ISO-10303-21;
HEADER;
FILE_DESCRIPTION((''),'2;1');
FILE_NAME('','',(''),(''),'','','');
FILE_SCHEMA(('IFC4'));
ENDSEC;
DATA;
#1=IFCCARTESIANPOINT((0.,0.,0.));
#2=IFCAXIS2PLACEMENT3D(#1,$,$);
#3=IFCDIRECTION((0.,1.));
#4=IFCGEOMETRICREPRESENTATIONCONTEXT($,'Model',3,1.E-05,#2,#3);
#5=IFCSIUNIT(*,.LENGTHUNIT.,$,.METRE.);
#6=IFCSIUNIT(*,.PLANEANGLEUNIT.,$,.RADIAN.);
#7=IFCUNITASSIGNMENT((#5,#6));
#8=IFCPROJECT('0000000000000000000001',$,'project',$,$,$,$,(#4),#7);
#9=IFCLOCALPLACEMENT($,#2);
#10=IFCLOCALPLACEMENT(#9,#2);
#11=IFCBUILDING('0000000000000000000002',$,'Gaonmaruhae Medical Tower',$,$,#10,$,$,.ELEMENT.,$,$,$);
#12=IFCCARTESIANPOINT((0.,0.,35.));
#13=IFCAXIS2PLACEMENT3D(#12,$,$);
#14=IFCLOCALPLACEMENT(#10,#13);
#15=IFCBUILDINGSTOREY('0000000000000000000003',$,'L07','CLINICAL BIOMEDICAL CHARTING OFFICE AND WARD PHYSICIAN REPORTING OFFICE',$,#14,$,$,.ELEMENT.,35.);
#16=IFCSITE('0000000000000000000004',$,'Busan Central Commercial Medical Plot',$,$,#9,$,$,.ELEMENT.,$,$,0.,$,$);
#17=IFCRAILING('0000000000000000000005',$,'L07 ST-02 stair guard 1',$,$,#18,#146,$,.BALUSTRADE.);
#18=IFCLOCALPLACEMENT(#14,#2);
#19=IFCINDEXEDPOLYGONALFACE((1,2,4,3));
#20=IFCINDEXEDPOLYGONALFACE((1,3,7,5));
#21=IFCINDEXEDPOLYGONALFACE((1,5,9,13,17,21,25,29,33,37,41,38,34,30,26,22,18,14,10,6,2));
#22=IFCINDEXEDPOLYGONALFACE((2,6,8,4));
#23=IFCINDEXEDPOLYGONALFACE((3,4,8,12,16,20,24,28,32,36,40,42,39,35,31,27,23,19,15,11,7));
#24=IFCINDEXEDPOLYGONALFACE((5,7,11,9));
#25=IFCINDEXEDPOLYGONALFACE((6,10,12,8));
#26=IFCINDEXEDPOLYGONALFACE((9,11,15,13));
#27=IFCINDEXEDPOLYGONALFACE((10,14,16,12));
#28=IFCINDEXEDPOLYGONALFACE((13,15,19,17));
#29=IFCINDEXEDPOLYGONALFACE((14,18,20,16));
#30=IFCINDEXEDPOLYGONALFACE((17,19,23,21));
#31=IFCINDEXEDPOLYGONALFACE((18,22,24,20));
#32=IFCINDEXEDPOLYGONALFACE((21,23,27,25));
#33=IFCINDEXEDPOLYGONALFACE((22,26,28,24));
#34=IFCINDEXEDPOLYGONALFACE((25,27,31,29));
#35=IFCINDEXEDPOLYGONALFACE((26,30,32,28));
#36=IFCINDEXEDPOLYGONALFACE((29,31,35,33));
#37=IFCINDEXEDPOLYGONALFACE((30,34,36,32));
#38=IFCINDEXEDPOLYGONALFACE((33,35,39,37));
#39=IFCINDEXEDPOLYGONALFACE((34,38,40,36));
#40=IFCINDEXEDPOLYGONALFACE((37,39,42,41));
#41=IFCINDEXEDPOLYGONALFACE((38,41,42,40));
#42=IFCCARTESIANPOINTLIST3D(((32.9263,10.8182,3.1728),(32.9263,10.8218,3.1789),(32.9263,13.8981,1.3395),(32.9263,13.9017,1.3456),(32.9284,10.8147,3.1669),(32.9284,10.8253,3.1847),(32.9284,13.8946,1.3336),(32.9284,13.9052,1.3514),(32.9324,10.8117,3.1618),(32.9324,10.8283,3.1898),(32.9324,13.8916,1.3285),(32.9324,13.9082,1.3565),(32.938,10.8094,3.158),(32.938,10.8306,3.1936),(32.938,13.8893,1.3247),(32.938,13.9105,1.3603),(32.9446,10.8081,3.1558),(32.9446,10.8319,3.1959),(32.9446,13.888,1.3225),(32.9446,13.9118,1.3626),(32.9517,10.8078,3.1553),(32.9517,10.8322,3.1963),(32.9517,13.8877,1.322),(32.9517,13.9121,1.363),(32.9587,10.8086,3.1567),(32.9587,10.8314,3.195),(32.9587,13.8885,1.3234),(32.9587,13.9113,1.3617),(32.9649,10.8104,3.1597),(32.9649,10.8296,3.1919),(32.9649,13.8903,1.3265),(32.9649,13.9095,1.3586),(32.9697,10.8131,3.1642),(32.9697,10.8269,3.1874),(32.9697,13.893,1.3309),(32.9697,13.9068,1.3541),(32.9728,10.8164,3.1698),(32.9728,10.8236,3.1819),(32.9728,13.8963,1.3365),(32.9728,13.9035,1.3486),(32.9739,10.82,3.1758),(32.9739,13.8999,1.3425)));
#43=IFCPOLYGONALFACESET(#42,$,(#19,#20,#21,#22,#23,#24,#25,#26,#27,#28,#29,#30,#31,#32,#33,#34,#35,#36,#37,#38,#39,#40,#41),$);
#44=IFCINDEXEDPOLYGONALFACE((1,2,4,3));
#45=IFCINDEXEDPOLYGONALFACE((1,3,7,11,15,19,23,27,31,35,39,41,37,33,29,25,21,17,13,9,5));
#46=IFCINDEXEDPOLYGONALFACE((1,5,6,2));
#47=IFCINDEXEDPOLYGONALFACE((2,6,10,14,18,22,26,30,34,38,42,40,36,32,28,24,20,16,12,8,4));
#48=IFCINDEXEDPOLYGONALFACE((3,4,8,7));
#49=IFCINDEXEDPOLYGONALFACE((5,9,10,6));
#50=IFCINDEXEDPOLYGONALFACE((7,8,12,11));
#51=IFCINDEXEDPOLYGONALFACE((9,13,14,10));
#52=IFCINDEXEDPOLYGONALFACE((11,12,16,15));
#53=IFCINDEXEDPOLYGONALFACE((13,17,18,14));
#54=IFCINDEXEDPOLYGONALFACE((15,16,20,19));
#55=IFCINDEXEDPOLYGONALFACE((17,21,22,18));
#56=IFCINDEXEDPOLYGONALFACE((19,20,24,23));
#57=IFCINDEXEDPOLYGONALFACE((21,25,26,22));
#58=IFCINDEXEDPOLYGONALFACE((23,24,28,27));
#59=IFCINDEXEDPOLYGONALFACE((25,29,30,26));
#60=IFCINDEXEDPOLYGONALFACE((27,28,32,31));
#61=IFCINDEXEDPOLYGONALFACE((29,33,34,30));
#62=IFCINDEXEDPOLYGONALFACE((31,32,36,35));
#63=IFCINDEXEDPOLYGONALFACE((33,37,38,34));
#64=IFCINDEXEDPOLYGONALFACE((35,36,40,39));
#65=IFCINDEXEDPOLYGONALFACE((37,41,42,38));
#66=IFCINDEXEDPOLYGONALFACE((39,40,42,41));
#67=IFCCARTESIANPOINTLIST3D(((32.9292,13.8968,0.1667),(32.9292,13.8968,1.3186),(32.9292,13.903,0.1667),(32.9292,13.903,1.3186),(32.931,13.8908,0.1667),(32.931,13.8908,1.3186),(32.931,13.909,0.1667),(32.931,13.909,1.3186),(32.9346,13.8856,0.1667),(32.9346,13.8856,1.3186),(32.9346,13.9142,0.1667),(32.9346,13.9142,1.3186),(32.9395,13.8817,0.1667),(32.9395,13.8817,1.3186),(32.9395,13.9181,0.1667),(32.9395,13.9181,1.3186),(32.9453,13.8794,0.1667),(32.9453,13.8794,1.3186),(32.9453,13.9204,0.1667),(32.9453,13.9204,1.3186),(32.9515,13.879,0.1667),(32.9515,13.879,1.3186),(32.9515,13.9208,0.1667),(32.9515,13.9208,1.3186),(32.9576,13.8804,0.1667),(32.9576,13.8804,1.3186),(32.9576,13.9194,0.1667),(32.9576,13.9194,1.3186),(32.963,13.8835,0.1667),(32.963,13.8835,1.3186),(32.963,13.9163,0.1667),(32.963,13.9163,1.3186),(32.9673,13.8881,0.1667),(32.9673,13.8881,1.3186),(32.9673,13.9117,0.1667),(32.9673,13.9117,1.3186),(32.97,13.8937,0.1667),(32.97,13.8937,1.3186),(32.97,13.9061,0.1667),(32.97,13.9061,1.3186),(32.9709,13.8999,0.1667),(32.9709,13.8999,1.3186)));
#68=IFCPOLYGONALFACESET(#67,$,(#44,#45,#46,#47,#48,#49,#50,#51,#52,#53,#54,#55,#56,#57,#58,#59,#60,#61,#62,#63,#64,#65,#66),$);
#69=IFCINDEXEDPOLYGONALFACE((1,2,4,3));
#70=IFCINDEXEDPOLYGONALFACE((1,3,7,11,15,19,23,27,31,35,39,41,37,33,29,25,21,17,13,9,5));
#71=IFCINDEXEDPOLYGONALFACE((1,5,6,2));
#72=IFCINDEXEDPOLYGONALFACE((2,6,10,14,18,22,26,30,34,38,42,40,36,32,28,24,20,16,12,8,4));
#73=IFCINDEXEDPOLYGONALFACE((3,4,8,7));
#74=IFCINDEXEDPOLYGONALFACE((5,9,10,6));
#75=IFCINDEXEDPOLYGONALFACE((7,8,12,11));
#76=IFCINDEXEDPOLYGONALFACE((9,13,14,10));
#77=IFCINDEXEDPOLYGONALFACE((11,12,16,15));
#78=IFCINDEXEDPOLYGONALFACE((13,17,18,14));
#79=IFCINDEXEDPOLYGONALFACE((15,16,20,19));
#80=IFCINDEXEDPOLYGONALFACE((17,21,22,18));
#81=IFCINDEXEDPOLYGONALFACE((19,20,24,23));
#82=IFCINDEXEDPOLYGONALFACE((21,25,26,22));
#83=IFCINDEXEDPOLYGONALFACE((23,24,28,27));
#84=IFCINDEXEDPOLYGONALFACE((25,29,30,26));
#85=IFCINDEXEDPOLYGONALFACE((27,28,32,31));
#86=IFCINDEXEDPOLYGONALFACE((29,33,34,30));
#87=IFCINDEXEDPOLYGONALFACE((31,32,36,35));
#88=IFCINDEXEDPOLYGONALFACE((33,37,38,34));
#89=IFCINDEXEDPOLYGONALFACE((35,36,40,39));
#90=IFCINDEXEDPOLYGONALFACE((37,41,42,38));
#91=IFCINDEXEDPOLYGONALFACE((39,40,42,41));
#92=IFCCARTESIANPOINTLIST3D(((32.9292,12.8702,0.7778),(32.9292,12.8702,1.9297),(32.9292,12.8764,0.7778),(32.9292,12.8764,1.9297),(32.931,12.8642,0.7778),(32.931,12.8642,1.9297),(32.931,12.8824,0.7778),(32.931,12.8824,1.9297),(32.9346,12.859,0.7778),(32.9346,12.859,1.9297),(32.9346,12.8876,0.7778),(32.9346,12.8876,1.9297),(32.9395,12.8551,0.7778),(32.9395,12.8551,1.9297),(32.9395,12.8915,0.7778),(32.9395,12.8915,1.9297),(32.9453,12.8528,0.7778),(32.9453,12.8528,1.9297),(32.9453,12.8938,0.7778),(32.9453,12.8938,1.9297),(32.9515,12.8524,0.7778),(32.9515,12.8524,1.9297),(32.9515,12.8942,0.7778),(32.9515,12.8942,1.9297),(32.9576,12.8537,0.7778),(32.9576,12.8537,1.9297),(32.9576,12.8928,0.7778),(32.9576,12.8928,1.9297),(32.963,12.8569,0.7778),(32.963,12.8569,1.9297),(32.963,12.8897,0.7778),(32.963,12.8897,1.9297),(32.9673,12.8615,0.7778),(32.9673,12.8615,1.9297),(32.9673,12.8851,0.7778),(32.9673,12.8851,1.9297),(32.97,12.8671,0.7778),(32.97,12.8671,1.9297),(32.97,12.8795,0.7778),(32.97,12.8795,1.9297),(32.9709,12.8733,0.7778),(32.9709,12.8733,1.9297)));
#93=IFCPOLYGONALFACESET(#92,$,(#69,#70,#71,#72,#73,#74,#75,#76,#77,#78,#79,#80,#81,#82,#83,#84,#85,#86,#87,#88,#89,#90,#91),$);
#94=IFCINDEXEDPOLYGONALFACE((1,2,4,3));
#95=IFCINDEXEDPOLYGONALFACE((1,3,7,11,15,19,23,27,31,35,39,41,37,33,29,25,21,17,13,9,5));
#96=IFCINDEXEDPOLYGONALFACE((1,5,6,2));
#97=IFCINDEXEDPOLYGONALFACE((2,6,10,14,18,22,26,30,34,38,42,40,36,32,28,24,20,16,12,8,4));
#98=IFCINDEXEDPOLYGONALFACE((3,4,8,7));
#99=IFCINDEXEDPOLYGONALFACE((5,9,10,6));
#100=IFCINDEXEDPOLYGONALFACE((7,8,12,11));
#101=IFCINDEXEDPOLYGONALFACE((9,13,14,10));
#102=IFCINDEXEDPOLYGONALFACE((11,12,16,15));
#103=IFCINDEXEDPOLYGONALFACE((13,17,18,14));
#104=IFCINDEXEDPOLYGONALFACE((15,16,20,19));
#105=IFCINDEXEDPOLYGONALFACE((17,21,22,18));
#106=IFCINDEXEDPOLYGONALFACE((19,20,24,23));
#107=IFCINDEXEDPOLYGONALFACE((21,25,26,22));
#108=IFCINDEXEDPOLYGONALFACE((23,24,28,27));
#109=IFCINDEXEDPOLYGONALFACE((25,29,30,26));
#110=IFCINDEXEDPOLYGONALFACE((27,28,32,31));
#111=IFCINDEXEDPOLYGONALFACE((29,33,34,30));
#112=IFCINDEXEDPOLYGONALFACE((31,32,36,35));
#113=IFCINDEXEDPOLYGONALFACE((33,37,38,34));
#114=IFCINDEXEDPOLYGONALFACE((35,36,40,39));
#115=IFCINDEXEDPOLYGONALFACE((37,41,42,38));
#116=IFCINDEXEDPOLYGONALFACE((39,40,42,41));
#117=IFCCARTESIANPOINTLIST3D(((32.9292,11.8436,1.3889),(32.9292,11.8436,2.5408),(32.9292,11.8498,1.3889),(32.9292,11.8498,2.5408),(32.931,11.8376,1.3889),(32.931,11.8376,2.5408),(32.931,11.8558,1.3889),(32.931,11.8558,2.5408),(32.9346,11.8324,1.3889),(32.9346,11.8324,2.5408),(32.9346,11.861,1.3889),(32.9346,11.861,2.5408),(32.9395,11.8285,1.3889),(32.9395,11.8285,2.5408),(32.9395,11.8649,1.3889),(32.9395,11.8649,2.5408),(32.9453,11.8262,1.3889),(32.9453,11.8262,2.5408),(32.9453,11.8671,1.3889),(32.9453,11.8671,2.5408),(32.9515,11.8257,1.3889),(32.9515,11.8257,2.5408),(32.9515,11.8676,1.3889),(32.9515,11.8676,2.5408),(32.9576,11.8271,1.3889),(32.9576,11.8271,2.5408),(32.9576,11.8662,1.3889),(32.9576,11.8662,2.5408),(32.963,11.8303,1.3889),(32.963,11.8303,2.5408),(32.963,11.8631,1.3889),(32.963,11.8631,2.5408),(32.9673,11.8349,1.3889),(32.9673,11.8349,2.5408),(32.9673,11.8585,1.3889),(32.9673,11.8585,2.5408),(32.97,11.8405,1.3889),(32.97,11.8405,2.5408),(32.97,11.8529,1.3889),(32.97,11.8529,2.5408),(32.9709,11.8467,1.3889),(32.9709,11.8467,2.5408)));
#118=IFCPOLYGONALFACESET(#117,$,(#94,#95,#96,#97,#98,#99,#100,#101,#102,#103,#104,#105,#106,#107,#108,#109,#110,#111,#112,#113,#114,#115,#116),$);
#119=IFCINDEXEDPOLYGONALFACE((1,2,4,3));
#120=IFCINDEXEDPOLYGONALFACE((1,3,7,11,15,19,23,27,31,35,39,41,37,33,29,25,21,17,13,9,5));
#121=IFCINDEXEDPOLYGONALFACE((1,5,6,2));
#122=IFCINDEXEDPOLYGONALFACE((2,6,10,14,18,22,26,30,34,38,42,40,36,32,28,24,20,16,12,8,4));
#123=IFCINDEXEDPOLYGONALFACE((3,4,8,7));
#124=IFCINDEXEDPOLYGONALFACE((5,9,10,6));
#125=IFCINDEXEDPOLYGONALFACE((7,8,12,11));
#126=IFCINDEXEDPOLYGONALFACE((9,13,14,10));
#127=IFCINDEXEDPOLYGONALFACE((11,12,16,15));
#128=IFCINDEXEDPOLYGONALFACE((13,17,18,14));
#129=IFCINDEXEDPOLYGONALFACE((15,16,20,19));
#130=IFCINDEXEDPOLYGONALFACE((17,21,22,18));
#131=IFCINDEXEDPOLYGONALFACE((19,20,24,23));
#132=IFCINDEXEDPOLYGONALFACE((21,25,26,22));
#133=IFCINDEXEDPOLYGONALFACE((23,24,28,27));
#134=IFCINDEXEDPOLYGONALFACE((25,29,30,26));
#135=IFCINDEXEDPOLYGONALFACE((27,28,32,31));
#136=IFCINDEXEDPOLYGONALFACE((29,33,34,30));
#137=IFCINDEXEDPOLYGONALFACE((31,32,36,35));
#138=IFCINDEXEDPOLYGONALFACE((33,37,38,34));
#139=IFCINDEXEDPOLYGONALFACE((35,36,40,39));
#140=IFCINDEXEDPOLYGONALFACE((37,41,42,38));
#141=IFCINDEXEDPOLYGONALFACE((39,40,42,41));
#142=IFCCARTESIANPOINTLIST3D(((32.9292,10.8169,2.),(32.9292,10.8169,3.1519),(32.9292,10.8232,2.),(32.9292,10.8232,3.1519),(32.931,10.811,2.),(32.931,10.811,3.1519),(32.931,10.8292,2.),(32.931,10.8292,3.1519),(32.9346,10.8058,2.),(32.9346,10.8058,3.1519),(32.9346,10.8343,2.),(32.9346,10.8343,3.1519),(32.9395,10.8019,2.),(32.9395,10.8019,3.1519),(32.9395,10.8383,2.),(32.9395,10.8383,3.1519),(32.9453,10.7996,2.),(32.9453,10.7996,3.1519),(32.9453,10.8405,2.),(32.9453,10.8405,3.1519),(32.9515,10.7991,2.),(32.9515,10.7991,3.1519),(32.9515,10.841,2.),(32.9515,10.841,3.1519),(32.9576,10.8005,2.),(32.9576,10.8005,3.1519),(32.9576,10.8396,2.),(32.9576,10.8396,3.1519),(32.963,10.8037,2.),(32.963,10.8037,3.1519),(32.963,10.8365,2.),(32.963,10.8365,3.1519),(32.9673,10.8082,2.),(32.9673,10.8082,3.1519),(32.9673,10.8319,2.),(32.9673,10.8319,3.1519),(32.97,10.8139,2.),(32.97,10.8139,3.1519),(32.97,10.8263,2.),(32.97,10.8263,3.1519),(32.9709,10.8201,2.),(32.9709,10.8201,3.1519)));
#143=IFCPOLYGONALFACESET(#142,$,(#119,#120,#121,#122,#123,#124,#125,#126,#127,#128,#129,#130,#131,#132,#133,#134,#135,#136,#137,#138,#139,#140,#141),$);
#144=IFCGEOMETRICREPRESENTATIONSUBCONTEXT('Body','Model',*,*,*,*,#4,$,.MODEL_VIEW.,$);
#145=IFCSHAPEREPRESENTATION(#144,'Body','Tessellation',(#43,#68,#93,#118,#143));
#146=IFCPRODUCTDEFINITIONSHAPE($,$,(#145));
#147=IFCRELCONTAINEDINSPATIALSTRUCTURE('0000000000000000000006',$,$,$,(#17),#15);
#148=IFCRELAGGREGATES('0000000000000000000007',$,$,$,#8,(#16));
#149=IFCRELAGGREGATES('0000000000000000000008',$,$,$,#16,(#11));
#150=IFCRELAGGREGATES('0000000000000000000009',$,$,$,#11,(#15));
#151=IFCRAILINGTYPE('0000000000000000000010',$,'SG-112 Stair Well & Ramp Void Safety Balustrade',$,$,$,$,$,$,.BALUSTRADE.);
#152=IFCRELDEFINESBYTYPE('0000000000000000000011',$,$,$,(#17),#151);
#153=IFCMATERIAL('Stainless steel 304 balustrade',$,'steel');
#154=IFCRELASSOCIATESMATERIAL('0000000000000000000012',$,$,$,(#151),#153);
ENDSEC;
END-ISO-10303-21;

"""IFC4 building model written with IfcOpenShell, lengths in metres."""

from ifc_helpers import new_model, si_unit, direction, frame, origin, origin_2d, place, context, subcontext, project, spatial, circle, extrude, material, type_object, element, save


model = new_model("IFC4")

# Units and contexts
model_context = context("Model", 3, precision=1e-05, world=origin(), true_north=direction((0.0, 1.0)))
body_context = subcontext(model_context, "Body", "Model", "MODEL_VIEW")
ifc_project = project(units=[si_unit("LENGTHUNIT", "METRE"), si_unit("PLANEANGLEUNIT", "RADIAN")], contexts=[model_context])

# Site, building, storey
site_placement = place(None, origin())
site = spatial("IfcSite", under=ifc_project, at=site_placement, Name="Busan Central Commercial Medical Plot", CompositionType="ELEMENT", RefElevation=0.0)
building_placement = place(site_placement, origin())
building = spatial("IfcBuilding", under=site, at=building_placement, Name="Gaonmaruhae Medical Tower", CompositionType="ELEMENT")
storey_placement = place(building_placement, frame((0.0, 0.0, 35.0)))
storey = spatial("IfcBuildingStorey", under=building, at=storey_placement, Name="L07", Description="CLINICAL BIOMEDICAL CHARTING OFFICE AND WARD PHYSICIAN REPORTING OFFICE", CompositionType="ELEMENT", Elevation=35.0)

# Railing
ifc_material_1 = material(Name="Stainless steel 304 balustrade", Category="steel")
railing_type_1 = type_object("IfcRailingType", Name="SG-112 Stair Well & Ramp Void Safety Balustrade", PredefinedType="BALUSTRADE", material=ifc_material_1)
railing_1_placement = place(storey_placement, frame((32.95, 13.8999, 0.1667)))
element("IfcRailing", 1, at=railing_1_placement, inside=storey, type_object=railing_type_1, Name="L07 ST-02 stair guard 1", PredefinedType="BALUSTRADE", context=body_context, shape_type="SweptSolid", body=[
    extrude(circle(Radius=0.0239, at=origin_2d()), frame((0.0, 0.0, 1.1758), z_axis=(0.0, -0.859291, 0.511487), x_axis=(1.0, 0.0, 0.0)), (0.0, 0.0, 1.0), 3.5842),
    extrude(circle(Radius=0.021, at=origin_2d()), origin(), (0.0, 0.0, 1.0), 1.1519),
    extrude(circle(Radius=0.021, at=origin_2d()), frame((0.0, -1.0266, 0.6111)), (0.0, 0.0, 1.0), 1.1519),
    extrude(circle(Radius=0.021, at=origin_2d()), frame((0.0, -2.0532, 1.2222)), (0.0, 0.0, 1.0), 1.1519),
    extrude(circle(Radius=0.021, at=origin_2d()), frame((0.0, -3.0798, 1.8333)), (0.0, 0.0, 1.0), 1.1519),
])

save(model, "model.ifc")
